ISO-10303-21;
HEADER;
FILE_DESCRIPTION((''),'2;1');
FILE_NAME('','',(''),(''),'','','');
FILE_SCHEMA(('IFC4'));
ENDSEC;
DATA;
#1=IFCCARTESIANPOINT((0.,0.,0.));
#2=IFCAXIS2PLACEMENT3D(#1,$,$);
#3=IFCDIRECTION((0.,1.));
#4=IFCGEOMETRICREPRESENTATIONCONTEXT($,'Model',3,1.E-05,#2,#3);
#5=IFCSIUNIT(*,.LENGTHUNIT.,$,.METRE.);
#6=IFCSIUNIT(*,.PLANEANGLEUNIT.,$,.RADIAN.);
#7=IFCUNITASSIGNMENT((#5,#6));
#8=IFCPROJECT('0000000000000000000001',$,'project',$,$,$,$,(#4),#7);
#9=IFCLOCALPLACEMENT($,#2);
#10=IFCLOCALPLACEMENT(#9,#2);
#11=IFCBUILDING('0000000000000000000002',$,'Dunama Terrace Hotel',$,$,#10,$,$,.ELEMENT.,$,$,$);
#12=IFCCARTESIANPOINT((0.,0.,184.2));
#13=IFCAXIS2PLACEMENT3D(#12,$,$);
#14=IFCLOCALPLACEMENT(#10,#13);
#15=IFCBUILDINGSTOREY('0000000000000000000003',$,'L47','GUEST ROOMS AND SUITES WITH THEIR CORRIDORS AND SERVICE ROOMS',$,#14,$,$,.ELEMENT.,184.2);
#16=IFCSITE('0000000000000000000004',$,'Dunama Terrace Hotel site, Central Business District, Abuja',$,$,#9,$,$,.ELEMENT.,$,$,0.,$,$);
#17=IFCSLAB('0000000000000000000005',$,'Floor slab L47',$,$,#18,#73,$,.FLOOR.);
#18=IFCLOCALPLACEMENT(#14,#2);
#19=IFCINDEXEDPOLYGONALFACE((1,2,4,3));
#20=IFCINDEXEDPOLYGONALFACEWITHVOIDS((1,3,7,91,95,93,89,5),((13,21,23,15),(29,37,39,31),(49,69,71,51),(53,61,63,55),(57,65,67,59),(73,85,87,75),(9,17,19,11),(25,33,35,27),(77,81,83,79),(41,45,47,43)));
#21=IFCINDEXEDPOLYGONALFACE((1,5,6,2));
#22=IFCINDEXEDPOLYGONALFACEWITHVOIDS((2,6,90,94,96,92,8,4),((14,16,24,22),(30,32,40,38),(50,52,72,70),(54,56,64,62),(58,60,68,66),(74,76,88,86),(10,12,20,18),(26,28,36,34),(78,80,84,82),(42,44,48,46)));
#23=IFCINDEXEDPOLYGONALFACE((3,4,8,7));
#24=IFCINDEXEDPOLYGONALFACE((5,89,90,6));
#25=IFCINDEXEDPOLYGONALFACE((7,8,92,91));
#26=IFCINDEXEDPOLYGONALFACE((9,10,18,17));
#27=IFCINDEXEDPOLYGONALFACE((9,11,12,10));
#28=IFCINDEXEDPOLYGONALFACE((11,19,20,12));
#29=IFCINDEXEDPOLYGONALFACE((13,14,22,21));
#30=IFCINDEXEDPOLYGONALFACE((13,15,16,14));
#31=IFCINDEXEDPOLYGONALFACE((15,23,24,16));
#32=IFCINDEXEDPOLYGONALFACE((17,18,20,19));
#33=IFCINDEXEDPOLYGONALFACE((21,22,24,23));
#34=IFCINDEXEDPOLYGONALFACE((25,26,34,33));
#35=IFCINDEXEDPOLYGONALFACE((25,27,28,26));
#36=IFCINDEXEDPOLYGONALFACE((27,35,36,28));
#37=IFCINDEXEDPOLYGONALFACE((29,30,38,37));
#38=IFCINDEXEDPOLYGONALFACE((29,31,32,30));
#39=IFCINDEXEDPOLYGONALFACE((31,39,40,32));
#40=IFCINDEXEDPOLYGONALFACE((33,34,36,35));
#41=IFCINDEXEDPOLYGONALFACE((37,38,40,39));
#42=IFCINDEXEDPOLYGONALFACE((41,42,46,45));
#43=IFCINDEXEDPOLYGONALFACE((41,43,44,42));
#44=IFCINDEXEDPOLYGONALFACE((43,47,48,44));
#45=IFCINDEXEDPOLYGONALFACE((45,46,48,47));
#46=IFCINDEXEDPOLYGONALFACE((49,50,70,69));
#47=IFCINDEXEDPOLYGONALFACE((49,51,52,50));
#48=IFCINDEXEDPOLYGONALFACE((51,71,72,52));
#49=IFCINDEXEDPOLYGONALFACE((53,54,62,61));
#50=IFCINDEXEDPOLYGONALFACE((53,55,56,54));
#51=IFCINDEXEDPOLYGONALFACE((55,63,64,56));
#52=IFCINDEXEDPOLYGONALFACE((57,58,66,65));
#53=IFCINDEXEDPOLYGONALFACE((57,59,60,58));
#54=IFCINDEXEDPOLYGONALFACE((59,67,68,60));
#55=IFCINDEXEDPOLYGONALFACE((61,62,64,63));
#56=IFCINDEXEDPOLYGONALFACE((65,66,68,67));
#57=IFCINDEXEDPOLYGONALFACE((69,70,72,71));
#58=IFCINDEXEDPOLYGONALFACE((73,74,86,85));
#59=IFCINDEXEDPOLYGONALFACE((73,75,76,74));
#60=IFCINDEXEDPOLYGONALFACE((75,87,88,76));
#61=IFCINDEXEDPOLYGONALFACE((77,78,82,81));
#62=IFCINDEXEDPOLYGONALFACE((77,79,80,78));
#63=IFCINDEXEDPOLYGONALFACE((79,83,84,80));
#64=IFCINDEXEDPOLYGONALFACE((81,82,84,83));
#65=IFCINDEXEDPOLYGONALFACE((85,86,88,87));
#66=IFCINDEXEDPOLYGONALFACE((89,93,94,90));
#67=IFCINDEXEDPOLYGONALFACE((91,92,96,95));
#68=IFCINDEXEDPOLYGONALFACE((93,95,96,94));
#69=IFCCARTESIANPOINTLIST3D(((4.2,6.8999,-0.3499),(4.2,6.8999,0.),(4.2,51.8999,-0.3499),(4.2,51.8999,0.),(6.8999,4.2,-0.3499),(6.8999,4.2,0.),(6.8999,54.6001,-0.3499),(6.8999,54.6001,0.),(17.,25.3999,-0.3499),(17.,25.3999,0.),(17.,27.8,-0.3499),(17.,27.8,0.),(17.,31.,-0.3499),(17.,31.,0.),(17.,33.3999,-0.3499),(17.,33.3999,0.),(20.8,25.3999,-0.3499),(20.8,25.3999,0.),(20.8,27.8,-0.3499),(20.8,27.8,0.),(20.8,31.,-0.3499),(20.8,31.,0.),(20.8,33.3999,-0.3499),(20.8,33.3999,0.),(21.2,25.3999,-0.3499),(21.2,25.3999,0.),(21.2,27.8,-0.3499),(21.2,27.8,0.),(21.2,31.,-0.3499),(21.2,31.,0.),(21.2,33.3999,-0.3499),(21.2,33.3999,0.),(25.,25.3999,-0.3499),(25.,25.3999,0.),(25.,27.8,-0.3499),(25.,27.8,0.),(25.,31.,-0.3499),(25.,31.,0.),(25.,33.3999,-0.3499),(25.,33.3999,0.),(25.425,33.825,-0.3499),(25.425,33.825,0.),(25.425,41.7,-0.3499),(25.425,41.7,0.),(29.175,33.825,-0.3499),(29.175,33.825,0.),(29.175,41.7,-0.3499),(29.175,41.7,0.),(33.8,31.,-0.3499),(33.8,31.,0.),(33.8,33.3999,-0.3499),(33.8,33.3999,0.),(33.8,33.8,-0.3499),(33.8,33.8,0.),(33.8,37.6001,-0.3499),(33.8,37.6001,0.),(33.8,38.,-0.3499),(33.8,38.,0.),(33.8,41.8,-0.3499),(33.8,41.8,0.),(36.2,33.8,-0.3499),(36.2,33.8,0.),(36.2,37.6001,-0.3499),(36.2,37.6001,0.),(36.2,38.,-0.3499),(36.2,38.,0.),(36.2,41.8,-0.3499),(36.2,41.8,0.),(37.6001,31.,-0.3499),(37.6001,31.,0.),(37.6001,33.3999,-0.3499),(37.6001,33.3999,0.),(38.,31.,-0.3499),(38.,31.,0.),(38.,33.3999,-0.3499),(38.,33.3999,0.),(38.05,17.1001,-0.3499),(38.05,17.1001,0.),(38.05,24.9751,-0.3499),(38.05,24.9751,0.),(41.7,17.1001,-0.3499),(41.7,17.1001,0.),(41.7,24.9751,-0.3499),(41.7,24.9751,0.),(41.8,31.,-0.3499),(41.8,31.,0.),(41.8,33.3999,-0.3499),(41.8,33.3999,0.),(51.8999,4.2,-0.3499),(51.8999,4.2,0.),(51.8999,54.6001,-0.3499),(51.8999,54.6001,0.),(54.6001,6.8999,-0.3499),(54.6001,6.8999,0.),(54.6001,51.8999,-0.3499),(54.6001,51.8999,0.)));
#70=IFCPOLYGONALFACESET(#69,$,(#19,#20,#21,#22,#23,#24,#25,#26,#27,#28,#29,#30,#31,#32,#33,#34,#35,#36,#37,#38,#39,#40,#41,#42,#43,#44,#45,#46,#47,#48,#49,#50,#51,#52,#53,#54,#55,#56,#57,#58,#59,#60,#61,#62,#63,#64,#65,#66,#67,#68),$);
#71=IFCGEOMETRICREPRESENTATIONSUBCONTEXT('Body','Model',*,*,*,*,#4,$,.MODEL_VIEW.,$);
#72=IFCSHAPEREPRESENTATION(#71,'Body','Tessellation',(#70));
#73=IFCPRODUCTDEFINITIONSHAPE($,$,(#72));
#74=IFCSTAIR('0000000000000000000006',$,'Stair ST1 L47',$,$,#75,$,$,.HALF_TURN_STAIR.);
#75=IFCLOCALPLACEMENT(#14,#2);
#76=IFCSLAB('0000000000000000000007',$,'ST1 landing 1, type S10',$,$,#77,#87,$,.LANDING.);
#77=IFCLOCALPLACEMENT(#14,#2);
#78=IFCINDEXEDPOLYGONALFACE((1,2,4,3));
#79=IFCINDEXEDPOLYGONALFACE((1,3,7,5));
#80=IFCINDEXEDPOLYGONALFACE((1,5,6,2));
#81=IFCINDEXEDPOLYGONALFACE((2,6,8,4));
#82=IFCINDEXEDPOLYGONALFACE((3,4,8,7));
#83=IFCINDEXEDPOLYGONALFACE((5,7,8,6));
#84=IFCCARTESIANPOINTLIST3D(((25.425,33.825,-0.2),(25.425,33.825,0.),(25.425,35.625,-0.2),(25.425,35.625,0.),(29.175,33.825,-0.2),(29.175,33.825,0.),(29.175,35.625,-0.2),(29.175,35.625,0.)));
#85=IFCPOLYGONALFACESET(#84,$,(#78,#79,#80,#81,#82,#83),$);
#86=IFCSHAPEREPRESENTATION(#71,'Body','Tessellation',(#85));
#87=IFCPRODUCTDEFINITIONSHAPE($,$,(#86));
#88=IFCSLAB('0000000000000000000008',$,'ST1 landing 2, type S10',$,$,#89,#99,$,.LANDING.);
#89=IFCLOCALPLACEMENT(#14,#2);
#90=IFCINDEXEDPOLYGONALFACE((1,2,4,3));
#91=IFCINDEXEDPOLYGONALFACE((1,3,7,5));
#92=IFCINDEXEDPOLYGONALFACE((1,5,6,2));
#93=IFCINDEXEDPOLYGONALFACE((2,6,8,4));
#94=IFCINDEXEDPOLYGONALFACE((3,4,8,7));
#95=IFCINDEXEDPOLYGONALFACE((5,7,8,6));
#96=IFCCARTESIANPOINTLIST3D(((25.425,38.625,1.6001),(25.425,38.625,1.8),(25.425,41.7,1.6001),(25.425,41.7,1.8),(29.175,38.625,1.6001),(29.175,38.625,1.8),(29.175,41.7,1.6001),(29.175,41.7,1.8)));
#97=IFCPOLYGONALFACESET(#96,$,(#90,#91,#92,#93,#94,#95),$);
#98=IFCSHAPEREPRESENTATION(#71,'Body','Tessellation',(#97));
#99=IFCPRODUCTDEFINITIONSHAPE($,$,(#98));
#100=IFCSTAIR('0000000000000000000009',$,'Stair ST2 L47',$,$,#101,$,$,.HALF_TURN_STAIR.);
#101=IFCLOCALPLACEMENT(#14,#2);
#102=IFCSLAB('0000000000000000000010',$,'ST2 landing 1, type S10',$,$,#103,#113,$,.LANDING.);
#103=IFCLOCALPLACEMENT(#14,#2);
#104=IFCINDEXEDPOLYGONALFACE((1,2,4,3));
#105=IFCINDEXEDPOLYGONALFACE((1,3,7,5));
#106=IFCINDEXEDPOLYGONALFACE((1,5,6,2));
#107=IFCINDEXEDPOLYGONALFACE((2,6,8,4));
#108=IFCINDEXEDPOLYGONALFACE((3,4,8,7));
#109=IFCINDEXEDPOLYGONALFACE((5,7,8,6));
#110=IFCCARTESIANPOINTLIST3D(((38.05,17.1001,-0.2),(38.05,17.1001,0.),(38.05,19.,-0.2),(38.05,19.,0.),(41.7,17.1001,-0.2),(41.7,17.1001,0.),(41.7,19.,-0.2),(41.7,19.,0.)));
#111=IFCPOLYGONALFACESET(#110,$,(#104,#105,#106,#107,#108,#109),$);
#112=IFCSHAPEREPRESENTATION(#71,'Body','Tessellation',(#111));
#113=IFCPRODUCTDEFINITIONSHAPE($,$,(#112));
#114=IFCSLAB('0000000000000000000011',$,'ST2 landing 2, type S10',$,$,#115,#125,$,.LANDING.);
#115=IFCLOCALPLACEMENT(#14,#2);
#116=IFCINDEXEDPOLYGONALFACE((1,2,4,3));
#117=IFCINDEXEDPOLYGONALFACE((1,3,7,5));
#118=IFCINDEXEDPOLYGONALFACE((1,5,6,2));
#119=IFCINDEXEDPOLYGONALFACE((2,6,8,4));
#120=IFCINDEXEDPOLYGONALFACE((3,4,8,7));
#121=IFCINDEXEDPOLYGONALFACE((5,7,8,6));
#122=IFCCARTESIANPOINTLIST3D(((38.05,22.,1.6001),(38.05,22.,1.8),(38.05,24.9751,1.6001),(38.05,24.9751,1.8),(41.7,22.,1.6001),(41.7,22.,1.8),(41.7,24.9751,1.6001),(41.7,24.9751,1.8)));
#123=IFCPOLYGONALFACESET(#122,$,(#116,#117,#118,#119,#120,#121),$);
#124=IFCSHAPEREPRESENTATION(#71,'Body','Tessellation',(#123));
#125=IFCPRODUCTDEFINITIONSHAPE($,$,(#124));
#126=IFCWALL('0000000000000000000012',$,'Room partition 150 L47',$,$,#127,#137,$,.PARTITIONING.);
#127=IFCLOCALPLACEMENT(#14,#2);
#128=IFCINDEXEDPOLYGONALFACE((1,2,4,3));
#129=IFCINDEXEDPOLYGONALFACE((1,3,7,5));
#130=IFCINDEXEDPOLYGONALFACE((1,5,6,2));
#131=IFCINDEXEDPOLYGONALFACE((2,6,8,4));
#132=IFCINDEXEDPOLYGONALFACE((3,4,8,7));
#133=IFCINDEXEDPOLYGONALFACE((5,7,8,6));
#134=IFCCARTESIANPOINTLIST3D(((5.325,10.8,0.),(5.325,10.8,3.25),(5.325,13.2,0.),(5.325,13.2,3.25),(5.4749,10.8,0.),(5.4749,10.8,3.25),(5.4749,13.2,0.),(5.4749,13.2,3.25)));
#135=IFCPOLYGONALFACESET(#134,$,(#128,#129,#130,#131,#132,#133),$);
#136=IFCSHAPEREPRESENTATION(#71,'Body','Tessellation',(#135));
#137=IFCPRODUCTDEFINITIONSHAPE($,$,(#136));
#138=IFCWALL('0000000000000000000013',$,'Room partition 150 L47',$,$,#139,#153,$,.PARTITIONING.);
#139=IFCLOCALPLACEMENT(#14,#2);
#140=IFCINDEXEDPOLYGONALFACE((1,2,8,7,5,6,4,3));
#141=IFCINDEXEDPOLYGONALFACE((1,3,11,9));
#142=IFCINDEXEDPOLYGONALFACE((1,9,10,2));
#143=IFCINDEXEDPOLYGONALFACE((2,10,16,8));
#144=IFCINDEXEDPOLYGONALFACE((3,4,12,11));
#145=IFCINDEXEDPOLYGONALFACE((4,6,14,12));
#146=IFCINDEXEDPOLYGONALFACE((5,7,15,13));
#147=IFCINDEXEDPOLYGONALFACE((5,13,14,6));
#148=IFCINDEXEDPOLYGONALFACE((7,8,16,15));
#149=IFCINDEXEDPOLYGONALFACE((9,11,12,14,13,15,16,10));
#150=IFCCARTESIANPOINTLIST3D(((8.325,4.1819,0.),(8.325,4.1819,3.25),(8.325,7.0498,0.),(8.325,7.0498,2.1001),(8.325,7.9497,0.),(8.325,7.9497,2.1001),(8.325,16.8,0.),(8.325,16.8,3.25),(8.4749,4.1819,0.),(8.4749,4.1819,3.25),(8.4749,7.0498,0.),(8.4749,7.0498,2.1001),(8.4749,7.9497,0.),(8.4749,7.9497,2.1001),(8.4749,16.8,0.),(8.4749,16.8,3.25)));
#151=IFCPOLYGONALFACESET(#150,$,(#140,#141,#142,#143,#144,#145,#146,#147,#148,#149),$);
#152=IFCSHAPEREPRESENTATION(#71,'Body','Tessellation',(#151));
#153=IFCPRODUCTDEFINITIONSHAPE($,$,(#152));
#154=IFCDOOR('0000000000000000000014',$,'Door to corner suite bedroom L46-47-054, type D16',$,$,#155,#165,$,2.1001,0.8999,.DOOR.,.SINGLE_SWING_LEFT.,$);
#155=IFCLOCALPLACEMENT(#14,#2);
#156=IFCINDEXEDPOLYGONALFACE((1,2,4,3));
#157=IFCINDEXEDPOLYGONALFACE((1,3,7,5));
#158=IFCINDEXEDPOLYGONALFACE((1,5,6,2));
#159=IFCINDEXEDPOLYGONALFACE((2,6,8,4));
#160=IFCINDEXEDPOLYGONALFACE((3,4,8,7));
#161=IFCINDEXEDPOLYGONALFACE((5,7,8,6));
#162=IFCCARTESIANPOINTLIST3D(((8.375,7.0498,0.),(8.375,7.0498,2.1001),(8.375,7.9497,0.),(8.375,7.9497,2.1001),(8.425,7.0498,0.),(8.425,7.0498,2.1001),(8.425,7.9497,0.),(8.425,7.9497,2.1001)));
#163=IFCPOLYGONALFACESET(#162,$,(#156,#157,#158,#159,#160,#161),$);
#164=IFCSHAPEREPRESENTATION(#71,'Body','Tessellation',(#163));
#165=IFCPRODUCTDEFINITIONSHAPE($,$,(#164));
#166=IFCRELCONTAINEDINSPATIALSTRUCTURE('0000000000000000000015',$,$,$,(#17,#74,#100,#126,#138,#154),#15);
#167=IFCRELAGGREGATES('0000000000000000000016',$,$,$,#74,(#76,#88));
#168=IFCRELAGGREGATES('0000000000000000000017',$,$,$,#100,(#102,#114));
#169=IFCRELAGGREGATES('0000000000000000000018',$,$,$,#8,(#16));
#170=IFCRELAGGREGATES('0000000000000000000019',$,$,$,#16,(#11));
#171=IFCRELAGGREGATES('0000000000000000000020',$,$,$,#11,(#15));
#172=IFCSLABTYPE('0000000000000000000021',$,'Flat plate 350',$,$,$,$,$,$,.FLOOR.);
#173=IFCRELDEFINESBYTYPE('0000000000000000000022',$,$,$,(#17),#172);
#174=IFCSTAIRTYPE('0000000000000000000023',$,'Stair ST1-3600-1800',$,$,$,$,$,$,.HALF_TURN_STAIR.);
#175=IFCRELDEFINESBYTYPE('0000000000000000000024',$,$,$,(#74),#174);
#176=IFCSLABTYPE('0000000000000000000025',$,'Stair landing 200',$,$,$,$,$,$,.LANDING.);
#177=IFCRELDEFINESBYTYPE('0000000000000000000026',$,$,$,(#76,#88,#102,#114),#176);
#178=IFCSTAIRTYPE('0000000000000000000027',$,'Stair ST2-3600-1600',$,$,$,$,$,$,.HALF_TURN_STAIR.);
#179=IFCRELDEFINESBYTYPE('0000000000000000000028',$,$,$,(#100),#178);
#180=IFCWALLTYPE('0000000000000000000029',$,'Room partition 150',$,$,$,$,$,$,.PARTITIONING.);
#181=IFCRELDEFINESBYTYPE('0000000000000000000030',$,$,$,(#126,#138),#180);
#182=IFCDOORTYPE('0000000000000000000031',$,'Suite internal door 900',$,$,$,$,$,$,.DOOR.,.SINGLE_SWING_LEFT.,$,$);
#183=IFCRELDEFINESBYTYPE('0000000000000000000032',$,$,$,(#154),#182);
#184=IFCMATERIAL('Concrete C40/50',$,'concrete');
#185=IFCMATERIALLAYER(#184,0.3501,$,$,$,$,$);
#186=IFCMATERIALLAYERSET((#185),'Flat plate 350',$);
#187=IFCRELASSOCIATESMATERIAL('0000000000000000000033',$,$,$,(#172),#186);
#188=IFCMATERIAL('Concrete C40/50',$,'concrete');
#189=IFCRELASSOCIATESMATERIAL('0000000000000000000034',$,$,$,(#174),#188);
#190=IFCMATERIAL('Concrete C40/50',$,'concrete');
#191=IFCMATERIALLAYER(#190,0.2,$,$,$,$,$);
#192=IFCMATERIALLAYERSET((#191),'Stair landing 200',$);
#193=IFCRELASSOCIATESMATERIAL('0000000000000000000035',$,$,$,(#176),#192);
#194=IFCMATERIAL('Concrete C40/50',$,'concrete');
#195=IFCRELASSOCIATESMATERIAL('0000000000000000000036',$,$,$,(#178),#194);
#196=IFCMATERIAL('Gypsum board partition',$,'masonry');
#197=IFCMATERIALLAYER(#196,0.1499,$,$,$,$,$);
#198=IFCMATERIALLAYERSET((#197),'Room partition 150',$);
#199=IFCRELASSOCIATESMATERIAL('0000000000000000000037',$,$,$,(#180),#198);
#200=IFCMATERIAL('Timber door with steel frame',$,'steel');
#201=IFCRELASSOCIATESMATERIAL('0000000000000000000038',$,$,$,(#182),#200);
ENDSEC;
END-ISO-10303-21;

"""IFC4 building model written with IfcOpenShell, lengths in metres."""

from ifc_helpers import new_model, si_unit, direction, frame, frame_2d, origin, place, context, subcontext, project, spatial, polyline, rectangle, outline, extrude, material, layer, layer_set, type_object, element, fill, aggregate, save


model = new_model("IFC4")

# Units and contexts
model_context = context("Model", 3, precision=1e-05, world=origin(), true_north=direction((0.0, 1.0)))
body_context = subcontext(model_context, "Body", "Model", "MODEL_VIEW")
ifc_project = project(units=[si_unit("LENGTHUNIT", "METRE"), si_unit("PLANEANGLEUNIT", "RADIAN")], contexts=[model_context])

# Site, building, storey
site_placement = place(None, origin())
site = spatial("IfcSite", under=ifc_project, at=site_placement, Name="Dunama Terrace Hotel site, Central Business District, Abuja", CompositionType="ELEMENT", RefElevation=0.0)
building_placement = place(site_placement, origin())
building = spatial("IfcBuilding", under=site, at=building_placement, Name="Dunama Terrace Hotel", CompositionType="ELEMENT")
storey_placement = place(building_placement, frame((0.0, 0.0, 184.2)))
storey = spatial("IfcBuildingStorey", under=building, at=storey_placement, Name="L47", Description="GUEST ROOMS AND SUITES WITH THEIR CORRIDORS AND SERVICE ROOMS", CompositionType="ELEMENT", Elevation=184.2)

# Slab
ifc_material_1 = material(Name="Concrete C40/50", Category="concrete")
ifc_layer_1 = layer(ifc_material_1, 0.3501)
ifc_layer_set_1 = layer_set([ifc_layer_1], Name="Flat plate 350")
slab_type_1 = type_object("IfcSlabType", Name="Flat plate 350", PredefinedType="FLOOR", material=ifc_layer_set_1)
slab_1_placement = place(storey_placement, frame((0.0, 0.0, -0.3499)))
element("IfcSlab", 1, at=slab_1_placement, inside=storey, type_object=slab_type_1, Name="Floor slab L47", PredefinedType="FLOOR", context=body_context, shape_type="SweptSolid", body=[
    extrude(outline(polyline([(6.8999, 4.2), (51.8999, 4.2), (54.6001, 6.8999), (54.6001, 51.8999), (51.8999, 54.6001), (6.8999, 54.6001), (4.2, 51.8999), (4.2, 6.8999), (6.8999, 4.2)]), holes=[polyline([(20.8, 25.3999), (20.8, 27.8), (17.0, 27.8), (17.0, 25.3999), (20.8, 25.3999)]), polyline([(25.0, 25.3999), (25.0, 27.8), (21.2, 27.8), (21.2, 25.3999), (25.0, 25.3999)]), polyline([(20.8, 31.0), (20.8, 33.3999), (17.0, 33.3999), (17.0, 31.0), (20.8, 31.0)]), polyline([(25.0, 31.0), (25.0, 33.3999), (21.2, 33.3999), (21.2, 31.0), (25.0, 31.0)]), polyline([(37.6001, 31.0), (37.6001, 33.3999), (33.8, 33.3999), (33.8, 31.0), (37.6001, 31.0)]), polyline([(41.8, 31.0), (41.8, 33.3999), (38.0, 33.3999), (38.0, 31.0), (41.8, 31.0)]), polyline([(36.2, 38.0), (36.2, 41.8), (33.8, 41.8), (33.8, 38.0), (36.2, 38.0)]), polyline([(36.2, 33.8), (36.2, 37.6001), (33.8, 37.6001), (33.8, 33.8), (36.2, 33.8)]), polyline([(29.175, 33.825), (29.175, 41.7), (25.425, 41.7), (25.425, 33.825), (29.175, 33.825)]), polyline([(41.7, 17.1001), (41.7, 24.9751), (38.05, 24.9751), (38.05, 17.1001), (41.7, 17.1001)])]), origin(), (0.0, 0.0, 1.0), 0.3499),
])

# Stairs, slabs
ifc_material_2 = material(Name="Concrete C40/50", Category="concrete")
stair_type_1 = type_object("IfcStairType", Name="Stair ST1-3600-1800", PredefinedType="HALF_TURN_STAIR", material=ifc_material_2)
stair_1_placement = place(storey_placement, origin())
stair_1 = element("IfcStair", 2, at=stair_1_placement, inside=storey, type_object=stair_type_1, Name="Stair ST1 L47", PredefinedType="HALF_TURN_STAIR")
ifc_material_3 = material(Name="Concrete C40/50", Category="concrete")
ifc_layer_2 = layer(ifc_material_3, 0.2)
ifc_layer_set_2 = layer_set([ifc_layer_2], Name="Stair landing 200")
slab_type_2 = type_object("IfcSlabType", Name="Stair landing 200", PredefinedType="LANDING", material=ifc_layer_set_2)
slab_2_placement = place(storey_placement, frame((0.0, 0.0, -0.2)))
slab_2 = element("IfcSlab", 3, at=slab_2_placement, type_object=slab_type_2, Name="ST1 landing 1, type S10", PredefinedType="LANDING", context=body_context, shape_type="SweptSolid", body=[
    extrude(outline(polyline([(25.425, 33.825), (29.175, 33.825), (29.175, 35.625), (25.425, 35.625), (25.425, 33.825)])), origin(), (0.0, 0.0, 1.0), 0.2),
])
slab_3_placement = place(storey_placement, frame((0.0, 0.0, 1.6001)))
slab_3 = element("IfcSlab", 4, at=slab_3_placement, type_object=slab_type_2, Name="ST1 landing 2, type S10", PredefinedType="LANDING", context=body_context, shape_type="SweptSolid", body=[
    extrude(outline(polyline([(25.425, 38.625), (29.175, 38.625), (29.175, 41.7), (25.425, 41.7), (25.425, 38.625)])), origin(), (0.0, 0.0, 1.0), 0.2),
])
aggregate(stair_1, [slab_2, slab_3])
ifc_material_4 = material(Name="Concrete C40/50", Category="concrete")
stair_type_2 = type_object("IfcStairType", Name="Stair ST2-3600-1600", PredefinedType="HALF_TURN_STAIR", material=ifc_material_4)
stair_2_placement = place(storey_placement, origin())
stair_2 = element("IfcStair", 5, at=stair_2_placement, inside=storey, type_object=stair_type_2, Name="Stair ST2 L47", PredefinedType="HALF_TURN_STAIR")
slab_4_placement = place(storey_placement, frame((0.0, 0.0, -0.2)))
slab_4 = element("IfcSlab", 6, at=slab_4_placement, type_object=slab_type_2, Name="ST2 landing 1, type S10", PredefinedType="LANDING", context=body_context, shape_type="SweptSolid", body=[
    extrude(outline(polyline([(38.05, 17.1001), (41.7, 17.1001), (41.7, 19.0), (38.05, 19.0), (38.05, 17.1001)])), origin(), (0.0, 0.0, 1.0), 0.2),
])
slab_5_placement = place(storey_placement, frame((0.0, 0.0, 1.6001)))
slab_5 = element("IfcSlab", 7, at=slab_5_placement, type_object=slab_type_2, Name="ST2 landing 2, type S10", PredefinedType="LANDING", context=body_context, shape_type="SweptSolid", body=[
    extrude(outline(polyline([(38.05, 22.0), (41.7, 22.0), (41.7, 24.9751), (38.05, 24.9751), (38.05, 22.0)])), origin(), (0.0, 0.0, 1.0), 0.2),
])
aggregate(stair_2, [slab_4, slab_5])

# Wall
ifc_material_5 = material(Name="Gypsum board partition", Category="masonry")
ifc_layer_3 = layer(ifc_material_5, 0.1499)
ifc_layer_set_3 = layer_set([ifc_layer_3], Name="Room partition 150")
wall_type = type_object("IfcWallType", Name="Room partition 150", PredefinedType="PARTITIONING", material=ifc_layer_set_3)
wall_1_placement = place(storey_placement, frame((5.3999, 10.8, 0.0), z_axis=(0.0, 0.0, 1.0), x_axis=(0.0, 1.0, 0.0)))
element("IfcWall", 8, at=wall_1_placement, inside=storey, type_object=wall_type, Name="Room partition 150 L47", PredefinedType="PARTITIONING", context=body_context, shape_type="SweptSolid", body=[
    extrude(rectangle(XDim=2.3999, YDim=0.1499, at=frame_2d((1.2, 0.0))), origin(), (0.0, 0.0, 1.0), 3.25),
])

# Wall, opening, door
wall_2_placement = place(storey_placement, frame((8.3999, 4.1819, 0.0), z_axis=(0.0, 0.0, 1.0), x_axis=(0.0, 1.0, 0.0)))
wall_2 = element("IfcWall", 9, at=wall_2_placement, inside=storey, type_object=wall_type, Name="Room partition 150 L47", PredefinedType="PARTITIONING", context=body_context, shape_type="SweptSolid", body=[
    extrude(rectangle(XDim=12.6182, YDim=0.1499, at=frame_2d((6.3091, 0.0))), origin(), (0.0, 0.0, 1.0), 3.25),
])
opening_1_placement = place(wall_2_placement, frame((2.8679, 0.0, 0.0)))
opening_1 = element("IfcOpeningElement", 10, at=opening_1_placement, cuts=wall_2, PredefinedType="OPENING", context=body_context, shape_type="SweptSolid", body=[
    extrude(rectangle(XDim=0.8999, YDim=2.1001, at=frame_2d((0.45, 1.05))), frame((0.0, 0.085, 0.0), z_axis=(0.0, -1.0, 0.0), x_axis=(1.0, 0.0, 0.0)), (0.0, 0.0, 1.0), 0.1699),
])
ifc_material_6 = material(Name="Timber door with steel frame", Category="steel")
door_type = type_object("IfcDoorType", Name="Suite internal door 900", OperationType="SINGLE_SWING_LEFT", PredefinedType="DOOR", material=ifc_material_6)
door_1_placement = place(opening_1_placement, origin())
door_1 = element("IfcDoor", 11, at=door_1_placement, inside=storey, type_object=door_type, Name="Door to corner suite bedroom L46-47-054, type D16", OperationType="SINGLE_SWING_LEFT", OverallHeight=2.1001, OverallWidth=0.8999, PredefinedType="DOOR", context=body_context, shape_type="SweptSolid", body=[
    extrude(rectangle(XDim=0.8999, YDim=2.1001, at=frame_2d((0.45, 1.05))), frame((0.0, 0.0249, 0.0), z_axis=(0.0, -1.0, 0.0), x_axis=(1.0, 0.0, 0.0)), (0.0, 0.0, 1.0), 0.05),
])
fill(opening_1, door_1)

save(model, "model.ifc")
